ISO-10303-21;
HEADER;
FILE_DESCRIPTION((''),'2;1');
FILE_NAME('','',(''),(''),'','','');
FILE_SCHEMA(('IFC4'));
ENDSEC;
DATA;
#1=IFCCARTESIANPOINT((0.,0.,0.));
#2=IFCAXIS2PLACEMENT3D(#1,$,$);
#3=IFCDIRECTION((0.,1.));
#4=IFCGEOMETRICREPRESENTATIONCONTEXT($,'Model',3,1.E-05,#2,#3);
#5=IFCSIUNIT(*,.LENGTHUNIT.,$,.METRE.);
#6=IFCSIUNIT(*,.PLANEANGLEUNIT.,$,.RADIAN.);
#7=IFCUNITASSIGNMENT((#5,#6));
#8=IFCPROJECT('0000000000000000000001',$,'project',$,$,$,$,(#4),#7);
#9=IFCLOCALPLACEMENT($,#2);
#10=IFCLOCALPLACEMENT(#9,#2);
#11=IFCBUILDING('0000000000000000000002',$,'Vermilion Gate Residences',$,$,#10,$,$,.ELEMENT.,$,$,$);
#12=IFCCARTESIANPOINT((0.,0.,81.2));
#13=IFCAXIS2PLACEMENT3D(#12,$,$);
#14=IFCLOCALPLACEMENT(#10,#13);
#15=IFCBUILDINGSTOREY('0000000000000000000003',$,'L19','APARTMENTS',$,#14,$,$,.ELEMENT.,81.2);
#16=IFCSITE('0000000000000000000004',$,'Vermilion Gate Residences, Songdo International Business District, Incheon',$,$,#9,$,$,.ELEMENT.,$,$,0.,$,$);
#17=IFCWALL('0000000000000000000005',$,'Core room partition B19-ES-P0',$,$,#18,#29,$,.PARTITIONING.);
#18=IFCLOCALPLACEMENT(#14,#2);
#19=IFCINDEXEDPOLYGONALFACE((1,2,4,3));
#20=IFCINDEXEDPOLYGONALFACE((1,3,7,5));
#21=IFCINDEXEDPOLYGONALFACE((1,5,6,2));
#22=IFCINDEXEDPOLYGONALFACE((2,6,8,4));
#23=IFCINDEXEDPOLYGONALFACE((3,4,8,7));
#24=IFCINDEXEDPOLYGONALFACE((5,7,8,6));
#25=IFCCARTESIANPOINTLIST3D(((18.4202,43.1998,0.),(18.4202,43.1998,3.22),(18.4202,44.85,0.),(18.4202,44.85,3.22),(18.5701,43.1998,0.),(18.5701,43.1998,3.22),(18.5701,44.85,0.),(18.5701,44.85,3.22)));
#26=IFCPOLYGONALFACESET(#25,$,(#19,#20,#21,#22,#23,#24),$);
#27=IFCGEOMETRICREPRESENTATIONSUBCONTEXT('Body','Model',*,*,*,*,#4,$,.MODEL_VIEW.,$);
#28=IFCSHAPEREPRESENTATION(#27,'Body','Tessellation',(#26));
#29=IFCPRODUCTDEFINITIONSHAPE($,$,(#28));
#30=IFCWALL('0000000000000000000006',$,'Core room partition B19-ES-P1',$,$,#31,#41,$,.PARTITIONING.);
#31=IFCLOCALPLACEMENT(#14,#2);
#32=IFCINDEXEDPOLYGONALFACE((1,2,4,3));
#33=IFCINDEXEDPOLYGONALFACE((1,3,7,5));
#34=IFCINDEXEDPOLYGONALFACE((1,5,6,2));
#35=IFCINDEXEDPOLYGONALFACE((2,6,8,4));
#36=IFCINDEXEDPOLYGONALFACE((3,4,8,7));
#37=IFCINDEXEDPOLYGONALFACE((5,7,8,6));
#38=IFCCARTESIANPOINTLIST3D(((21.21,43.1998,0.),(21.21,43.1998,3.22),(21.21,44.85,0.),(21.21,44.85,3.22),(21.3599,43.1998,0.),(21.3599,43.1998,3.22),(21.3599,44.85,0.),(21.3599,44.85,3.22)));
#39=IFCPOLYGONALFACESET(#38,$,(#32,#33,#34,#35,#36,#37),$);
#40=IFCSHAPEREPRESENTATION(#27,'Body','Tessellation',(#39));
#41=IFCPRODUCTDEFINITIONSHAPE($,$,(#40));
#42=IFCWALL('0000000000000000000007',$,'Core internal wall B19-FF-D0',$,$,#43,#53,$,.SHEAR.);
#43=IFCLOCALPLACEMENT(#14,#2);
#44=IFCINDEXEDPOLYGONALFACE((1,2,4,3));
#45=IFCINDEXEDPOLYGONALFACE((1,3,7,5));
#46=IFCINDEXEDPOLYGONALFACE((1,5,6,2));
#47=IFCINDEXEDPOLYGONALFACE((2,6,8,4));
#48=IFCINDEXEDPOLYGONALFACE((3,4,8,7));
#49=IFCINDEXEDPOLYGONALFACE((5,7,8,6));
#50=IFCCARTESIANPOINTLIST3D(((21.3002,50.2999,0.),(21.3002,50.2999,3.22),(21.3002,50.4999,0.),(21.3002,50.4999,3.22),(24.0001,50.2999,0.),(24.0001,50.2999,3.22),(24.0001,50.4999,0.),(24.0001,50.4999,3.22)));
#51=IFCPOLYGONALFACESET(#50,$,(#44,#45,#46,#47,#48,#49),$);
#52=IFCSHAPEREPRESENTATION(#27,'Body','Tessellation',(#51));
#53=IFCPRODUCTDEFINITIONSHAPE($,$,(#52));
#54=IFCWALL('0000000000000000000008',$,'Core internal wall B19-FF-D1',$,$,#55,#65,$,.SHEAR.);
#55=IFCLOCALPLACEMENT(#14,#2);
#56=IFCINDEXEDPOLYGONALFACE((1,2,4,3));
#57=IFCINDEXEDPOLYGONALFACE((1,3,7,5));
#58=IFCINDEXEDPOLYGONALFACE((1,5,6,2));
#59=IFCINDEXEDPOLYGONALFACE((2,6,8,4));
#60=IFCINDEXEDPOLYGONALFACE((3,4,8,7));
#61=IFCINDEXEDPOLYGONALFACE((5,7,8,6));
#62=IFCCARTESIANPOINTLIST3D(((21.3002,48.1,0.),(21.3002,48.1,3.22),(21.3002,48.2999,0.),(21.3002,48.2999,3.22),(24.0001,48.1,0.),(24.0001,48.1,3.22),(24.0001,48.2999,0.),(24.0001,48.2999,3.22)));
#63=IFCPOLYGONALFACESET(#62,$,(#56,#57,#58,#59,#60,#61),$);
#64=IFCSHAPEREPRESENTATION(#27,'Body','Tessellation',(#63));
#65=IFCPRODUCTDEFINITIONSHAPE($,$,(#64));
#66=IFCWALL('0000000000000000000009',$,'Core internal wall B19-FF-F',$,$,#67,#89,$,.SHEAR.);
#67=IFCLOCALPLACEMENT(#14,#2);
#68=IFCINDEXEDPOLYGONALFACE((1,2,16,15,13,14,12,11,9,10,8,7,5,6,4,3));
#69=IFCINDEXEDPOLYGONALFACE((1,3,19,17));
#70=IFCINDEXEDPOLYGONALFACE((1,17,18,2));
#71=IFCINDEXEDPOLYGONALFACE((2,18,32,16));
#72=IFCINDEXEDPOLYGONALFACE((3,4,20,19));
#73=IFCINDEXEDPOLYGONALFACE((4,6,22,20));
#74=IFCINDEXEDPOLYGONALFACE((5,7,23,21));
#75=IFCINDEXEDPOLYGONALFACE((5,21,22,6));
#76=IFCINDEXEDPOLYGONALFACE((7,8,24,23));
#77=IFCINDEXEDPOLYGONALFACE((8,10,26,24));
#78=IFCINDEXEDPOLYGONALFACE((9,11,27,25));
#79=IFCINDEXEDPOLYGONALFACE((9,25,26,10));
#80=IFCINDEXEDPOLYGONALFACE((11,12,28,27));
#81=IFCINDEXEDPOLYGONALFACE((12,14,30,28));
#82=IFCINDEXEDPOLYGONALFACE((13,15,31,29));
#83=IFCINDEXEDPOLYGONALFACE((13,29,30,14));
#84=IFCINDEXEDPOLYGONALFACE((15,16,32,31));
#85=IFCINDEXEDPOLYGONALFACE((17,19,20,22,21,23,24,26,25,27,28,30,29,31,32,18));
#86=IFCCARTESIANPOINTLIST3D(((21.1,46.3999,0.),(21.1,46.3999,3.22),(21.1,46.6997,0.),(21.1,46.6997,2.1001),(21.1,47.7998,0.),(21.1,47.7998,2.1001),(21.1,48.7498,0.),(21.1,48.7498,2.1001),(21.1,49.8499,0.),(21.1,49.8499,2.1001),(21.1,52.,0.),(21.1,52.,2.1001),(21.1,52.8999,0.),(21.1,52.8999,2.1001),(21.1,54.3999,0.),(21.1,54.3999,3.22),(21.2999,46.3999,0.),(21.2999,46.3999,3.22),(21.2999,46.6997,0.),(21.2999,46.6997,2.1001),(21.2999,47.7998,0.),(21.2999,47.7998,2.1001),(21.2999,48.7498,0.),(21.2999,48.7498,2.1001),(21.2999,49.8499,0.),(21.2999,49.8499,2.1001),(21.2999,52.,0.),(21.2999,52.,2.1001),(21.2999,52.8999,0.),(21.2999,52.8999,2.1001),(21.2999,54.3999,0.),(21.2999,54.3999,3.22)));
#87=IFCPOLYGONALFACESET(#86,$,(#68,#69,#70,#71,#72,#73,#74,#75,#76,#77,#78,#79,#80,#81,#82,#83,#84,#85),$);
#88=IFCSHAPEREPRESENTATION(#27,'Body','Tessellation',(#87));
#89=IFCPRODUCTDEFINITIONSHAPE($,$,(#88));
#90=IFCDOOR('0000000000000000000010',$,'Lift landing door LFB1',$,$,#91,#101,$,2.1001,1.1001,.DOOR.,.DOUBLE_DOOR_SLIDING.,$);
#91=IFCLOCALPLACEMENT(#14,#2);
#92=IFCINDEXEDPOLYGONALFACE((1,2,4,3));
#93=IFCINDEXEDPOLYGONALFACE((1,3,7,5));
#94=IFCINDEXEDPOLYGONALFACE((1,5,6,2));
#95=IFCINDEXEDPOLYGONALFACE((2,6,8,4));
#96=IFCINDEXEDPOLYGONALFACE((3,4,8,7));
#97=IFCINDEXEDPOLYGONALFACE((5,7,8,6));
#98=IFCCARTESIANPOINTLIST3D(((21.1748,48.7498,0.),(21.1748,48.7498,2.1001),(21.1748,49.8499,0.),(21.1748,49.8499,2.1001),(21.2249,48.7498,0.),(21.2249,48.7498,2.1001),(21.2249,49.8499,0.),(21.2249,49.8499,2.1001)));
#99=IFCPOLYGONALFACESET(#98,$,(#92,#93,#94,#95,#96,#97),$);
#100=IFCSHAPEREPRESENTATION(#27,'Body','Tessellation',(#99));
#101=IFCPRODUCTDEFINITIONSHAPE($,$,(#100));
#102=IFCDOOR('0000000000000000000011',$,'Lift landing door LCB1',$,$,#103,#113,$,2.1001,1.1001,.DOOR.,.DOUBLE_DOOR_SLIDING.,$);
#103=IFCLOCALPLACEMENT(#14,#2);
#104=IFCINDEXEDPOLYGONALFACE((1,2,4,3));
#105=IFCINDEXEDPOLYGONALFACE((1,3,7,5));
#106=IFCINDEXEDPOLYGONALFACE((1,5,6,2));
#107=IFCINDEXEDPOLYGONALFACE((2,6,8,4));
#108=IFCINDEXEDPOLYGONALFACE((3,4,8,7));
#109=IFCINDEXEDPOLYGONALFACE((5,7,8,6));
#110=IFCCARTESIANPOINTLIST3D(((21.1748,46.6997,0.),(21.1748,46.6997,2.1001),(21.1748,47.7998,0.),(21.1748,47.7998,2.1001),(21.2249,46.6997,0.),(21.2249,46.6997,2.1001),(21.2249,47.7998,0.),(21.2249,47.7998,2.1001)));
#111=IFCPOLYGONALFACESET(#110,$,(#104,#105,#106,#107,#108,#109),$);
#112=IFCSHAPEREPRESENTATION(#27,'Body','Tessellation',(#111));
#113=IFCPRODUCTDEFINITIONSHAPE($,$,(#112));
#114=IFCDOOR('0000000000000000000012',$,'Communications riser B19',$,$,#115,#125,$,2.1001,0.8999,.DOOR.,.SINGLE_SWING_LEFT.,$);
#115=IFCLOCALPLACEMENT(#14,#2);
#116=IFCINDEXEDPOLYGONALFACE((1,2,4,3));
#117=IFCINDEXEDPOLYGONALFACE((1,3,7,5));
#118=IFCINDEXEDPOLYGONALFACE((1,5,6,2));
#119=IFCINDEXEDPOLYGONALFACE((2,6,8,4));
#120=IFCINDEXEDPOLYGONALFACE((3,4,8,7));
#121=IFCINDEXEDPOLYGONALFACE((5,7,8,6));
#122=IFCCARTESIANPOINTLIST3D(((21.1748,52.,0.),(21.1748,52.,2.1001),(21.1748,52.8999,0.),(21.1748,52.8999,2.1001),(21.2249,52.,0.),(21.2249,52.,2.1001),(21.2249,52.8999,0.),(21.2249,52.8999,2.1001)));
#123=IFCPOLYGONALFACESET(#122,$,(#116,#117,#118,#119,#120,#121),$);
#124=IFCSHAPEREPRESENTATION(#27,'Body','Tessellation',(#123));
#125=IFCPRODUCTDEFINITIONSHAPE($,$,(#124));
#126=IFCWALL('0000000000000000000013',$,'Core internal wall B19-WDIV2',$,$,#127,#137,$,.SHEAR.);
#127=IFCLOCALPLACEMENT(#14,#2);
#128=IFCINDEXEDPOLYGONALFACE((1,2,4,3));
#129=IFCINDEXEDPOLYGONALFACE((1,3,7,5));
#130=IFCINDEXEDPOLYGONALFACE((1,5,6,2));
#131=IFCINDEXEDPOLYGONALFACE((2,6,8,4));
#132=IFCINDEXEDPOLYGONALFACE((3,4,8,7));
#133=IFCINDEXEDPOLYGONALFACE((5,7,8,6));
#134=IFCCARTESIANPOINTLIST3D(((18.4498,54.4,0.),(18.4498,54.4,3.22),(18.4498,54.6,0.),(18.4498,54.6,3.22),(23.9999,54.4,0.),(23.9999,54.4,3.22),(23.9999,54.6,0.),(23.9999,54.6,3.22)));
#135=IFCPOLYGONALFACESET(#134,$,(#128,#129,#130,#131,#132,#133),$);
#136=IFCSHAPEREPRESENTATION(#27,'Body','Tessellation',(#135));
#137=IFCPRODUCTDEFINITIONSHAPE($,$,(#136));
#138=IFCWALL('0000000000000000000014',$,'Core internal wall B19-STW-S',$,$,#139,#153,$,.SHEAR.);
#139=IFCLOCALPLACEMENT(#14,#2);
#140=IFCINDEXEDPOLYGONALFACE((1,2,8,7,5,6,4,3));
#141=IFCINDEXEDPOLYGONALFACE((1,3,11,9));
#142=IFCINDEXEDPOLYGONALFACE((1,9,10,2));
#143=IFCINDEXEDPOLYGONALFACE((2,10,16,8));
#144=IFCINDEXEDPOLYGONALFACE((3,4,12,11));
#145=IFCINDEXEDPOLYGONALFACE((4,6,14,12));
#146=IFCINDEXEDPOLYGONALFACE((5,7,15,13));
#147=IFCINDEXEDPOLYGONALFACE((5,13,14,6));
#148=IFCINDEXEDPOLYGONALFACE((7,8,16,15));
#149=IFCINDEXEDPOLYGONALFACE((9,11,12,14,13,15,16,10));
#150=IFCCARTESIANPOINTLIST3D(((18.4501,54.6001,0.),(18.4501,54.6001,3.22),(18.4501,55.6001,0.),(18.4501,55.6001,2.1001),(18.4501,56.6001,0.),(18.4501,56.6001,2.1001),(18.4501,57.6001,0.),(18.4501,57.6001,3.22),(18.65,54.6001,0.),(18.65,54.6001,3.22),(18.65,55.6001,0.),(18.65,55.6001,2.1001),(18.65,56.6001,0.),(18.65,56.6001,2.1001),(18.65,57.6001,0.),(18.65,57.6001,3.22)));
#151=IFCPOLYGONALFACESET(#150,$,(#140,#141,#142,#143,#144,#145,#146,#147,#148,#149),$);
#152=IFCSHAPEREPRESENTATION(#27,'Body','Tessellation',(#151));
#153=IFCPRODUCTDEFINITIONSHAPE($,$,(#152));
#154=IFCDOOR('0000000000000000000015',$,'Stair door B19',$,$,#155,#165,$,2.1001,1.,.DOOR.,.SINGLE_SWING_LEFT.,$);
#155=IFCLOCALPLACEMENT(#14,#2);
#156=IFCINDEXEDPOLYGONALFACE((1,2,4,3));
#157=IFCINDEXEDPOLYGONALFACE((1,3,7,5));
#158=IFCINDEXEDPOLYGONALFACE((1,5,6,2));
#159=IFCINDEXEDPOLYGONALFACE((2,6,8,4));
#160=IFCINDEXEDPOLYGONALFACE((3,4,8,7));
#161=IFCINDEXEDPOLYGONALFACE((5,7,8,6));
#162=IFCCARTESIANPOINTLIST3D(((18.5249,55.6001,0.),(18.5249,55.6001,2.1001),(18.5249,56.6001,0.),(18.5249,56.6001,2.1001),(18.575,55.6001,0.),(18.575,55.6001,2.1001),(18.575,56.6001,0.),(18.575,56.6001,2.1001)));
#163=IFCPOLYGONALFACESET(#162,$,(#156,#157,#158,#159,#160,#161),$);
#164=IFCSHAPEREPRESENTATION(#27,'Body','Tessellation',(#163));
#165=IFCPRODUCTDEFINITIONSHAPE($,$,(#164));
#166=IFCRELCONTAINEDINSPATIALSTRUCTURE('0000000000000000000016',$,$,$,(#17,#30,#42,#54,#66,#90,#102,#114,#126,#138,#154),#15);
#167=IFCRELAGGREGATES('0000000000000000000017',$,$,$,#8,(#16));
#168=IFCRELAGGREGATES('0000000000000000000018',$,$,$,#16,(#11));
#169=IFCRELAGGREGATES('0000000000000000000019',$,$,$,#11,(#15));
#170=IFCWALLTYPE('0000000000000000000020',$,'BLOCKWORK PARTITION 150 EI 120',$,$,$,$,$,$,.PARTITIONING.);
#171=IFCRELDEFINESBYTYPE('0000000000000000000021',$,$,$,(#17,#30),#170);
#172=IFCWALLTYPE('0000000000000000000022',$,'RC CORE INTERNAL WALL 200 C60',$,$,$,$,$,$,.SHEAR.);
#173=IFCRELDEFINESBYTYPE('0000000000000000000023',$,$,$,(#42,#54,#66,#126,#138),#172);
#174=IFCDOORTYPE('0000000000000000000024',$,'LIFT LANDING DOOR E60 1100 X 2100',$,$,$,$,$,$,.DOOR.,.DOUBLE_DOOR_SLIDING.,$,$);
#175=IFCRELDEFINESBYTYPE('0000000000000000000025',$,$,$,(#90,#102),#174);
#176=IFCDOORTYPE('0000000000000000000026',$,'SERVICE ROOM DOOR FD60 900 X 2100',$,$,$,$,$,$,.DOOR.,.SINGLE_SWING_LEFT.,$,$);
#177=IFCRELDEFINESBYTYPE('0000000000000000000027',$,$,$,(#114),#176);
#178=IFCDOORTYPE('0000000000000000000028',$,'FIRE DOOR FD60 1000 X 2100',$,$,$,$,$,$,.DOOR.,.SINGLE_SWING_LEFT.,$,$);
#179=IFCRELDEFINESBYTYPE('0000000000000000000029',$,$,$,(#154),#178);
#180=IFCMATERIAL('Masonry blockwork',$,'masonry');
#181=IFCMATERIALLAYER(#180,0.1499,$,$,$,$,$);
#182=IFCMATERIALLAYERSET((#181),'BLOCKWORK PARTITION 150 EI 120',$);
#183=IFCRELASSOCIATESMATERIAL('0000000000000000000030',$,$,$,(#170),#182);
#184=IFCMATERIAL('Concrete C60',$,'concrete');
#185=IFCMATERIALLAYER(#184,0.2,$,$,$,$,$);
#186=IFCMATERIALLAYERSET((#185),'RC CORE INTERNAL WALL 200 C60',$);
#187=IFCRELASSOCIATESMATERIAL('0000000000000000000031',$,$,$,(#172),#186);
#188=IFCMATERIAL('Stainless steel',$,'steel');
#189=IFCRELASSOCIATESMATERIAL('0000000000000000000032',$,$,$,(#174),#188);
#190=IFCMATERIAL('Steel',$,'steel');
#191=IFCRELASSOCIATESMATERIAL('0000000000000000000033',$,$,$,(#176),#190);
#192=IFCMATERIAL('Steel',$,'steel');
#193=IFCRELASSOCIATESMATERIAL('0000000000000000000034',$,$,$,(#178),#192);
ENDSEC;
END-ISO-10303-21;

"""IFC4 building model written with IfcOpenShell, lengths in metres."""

from ifc_helpers import new_model, si_unit, direction, frame, frame_2d, origin, place, context, subcontext, project, spatial, rectangle, extrude, material, layer, layer_set, type_object, element, fill, save


model = new_model("IFC4")

# Units and contexts
model_context = context("Model", 3, precision=1e-05, world=origin(), true_north=direction((0.0, 1.0)))
body_context = subcontext(model_context, "Body", "Model", "MODEL_VIEW")
ifc_project = project(units=[si_unit("LENGTHUNIT", "METRE"), si_unit("PLANEANGLEUNIT", "RADIAN")], contexts=[model_context])

# Site, building, storey
site_placement = place(None, origin())
site = spatial("IfcSite", under=ifc_project, at=site_placement, Name="Vermilion Gate Residences, Songdo International Business District, Incheon", CompositionType="ELEMENT", RefElevation=0.0)
building_placement = place(site_placement, origin())
building = spatial("IfcBuilding", under=site, at=building_placement, Name="Vermilion Gate Residences", CompositionType="ELEMENT")
storey_placement = place(building_placement, frame((0.0, 0.0, 81.2)))
storey = spatial("IfcBuildingStorey", under=building, at=storey_placement, Name="L19", Description="APARTMENTS", CompositionType="ELEMENT", Elevation=81.2)

# Walls
ifc_material_1 = material(Name="Masonry blockwork", Category="masonry")
ifc_layer_1 = layer(ifc_material_1, 0.1499)
ifc_layer_set_1 = layer_set([ifc_layer_1], Name="BLOCKWORK PARTITION 150 EI 120")
wall_type_1 = type_object("IfcWallType", Name="BLOCKWORK PARTITION 150 EI 120", PredefinedType="PARTITIONING", material=ifc_layer_set_1)
for number, where, z_axis, x_axis, name in (
    (1, (18.4951, 44.8501, 0.0), (0.0, 0.0, 1.0), (0.0, -1.0, 0.0), "Core room partition B19-ES-P0"),
    (2, (21.2849, 44.8501, 0.0), (0.0, 0.0, 1.0), (0.0, -1.0, 0.0), "Core room partition B19-ES-P1"),
):
    element("IfcWall", number, at=place(storey_placement, frame(where, z_axis=z_axis, x_axis=x_axis)), inside=storey, type_object=wall_type_1, Name=name, PredefinedType="PARTITIONING", context=body_context, shape_type="SweptSolid", body=[
        extrude(rectangle(XDim=1.6501, YDim=0.1499, at=frame_2d((0.8252, 0.0))), origin(), (0.0, 0.0, 1.0), 3.22),
    ])
ifc_material_2 = material(Name="Concrete C60", Category="concrete")
ifc_layer_2 = layer(ifc_material_2, 0.2)
ifc_layer_set_2 = layer_set([ifc_layer_2], Name="RC CORE INTERNAL WALL 200 C60")
wall_type_2 = type_object("IfcWallType", Name="RC CORE INTERNAL WALL 200 C60", PredefinedType="SHEAR", material=ifc_layer_set_2)
for number, where, z_axis, x_axis, name in (
    (3, (21.3, 50.3999, 0.0), (0.0, 0.0, 1.0), (1.0, 0.0, 0.0), "Core internal wall B19-FF-D0"),
    (4, (21.3, 48.2, 0.0), (0.0, 0.0, 1.0), (1.0, 0.0, 0.0), "Core internal wall B19-FF-D1"),
):
    element("IfcWall", number, at=place(storey_placement, frame(where, z_axis=z_axis, x_axis=x_axis)), inside=storey, type_object=wall_type_2, Name=name, PredefinedType="SHEAR", context=body_context, shape_type="SweptSolid", body=[
        extrude(rectangle(XDim=2.7, YDim=0.2, at=frame_2d((1.3501, 0.0))), origin(), (0.0, 0.0, 1.0), 3.22),
    ])

# Wall, openings, doors
wall_1_placement = place(storey_placement, frame((21.2, 54.3999, 0.0), z_axis=(0.0, 0.0, 1.0), x_axis=(0.0, -1.0, 0.0)))
wall_1 = element("IfcWall", 5, at=wall_1_placement, inside=storey, type_object=wall_type_2, Name="Core internal wall B19-FF-F", PredefinedType="SHEAR", context=body_context, shape_type="SweptSolid", body=[
    extrude(rectangle(XDim=8.0, YDim=0.2, at=frame_2d((4.0, 0.0))), origin(), (0.0, 0.0, 1.0), 3.22),
])
opening_1_placement = place(wall_1_placement, frame((1.5, 0.0, 0.0)))
opening_1 = element("IfcOpeningElement", 6, at=opening_1_placement, cuts=wall_1, PredefinedType="OPENING", context=body_context, shape_type="SweptSolid", body=[
    extrude(rectangle(XDim=0.8999, YDim=2.1001, at=frame_2d((0.45, 1.05))), frame((0.0, 0.1099, 0.0), z_axis=(0.0, -1.0, 0.0), x_axis=(1.0, 0.0, 0.0)), (0.0, 0.0, 1.0), 0.22),
])
opening_2_placement = place(wall_1_placement, frame((4.55, 0.0, 0.0)))
opening_2 = element("IfcOpeningElement", 7, at=opening_2_placement, cuts=wall_1, PredefinedType="OPENING", context=body_context, shape_type="SweptSolid", body=[
    extrude(rectangle(XDim=1.1001, YDim=2.1001, at=frame_2d((0.55, 1.05))), frame((0.0, 0.1099, 0.0), z_axis=(0.0, -1.0, 0.0), x_axis=(1.0, 0.0, 0.0)), (0.0, 0.0, 1.0), 0.22),
])
opening_3_placement = place(wall_1_placement, frame((6.6001, 0.0, 0.0)))
opening_3 = element("IfcOpeningElement", 8, at=opening_3_placement, cuts=wall_1, PredefinedType="OPENING", context=body_context, shape_type="SweptSolid", body=[
    extrude(rectangle(XDim=1.1001, YDim=2.1001, at=frame_2d((0.55, 1.05))), frame((0.0, 0.1099, 0.0), z_axis=(0.0, -1.0, 0.0), x_axis=(1.0, 0.0, 0.0)), (0.0, 0.0, 1.0), 0.22),
])
ifc_material_3 = material(Name="Stainless steel", Category="steel")
door_type_1 = type_object("IfcDoorType", Name="LIFT LANDING DOOR E60 1100 X 2100", OperationType="DOUBLE_DOOR_SLIDING", PredefinedType="DOOR", material=ifc_material_3)
door_1_placement = place(opening_2_placement, origin())
door_1 = element("IfcDoor", 9, at=door_1_placement, inside=storey, type_object=door_type_1, Name="Lift landing door LFB1", OperationType="DOUBLE_DOOR_SLIDING", OverallHeight=2.1001, OverallWidth=1.1001, PredefinedType="DOOR", context=body_context, shape_type="SweptSolid", body=[
    extrude(rectangle(XDim=1.1001, YDim=2.1001, at=frame_2d((0.55, 1.05))), frame((0.0, 0.0249, 0.0), z_axis=(0.0, -1.0, 0.0), x_axis=(1.0, 0.0, 0.0)), (0.0, 0.0, 1.0), 0.05),
])
fill(opening_2, door_1)
door_2_placement = place(opening_3_placement, origin())
door_2 = element("IfcDoor", 10, at=door_2_placement, inside=storey, type_object=door_type_1, Name="Lift landing door LCB1", OperationType="DOUBLE_DOOR_SLIDING", OverallHeight=2.1001, OverallWidth=1.1001, PredefinedType="DOOR", context=body_context, shape_type="SweptSolid", body=[
    extrude(rectangle(XDim=1.1001, YDim=2.1001, at=frame_2d((0.55, 1.05))), frame((0.0, 0.0249, 0.0), z_axis=(0.0, -1.0, 0.0), x_axis=(1.0, 0.0, 0.0)), (0.0, 0.0, 1.0), 0.05),
])
fill(opening_3, door_2)
ifc_material_4 = material(Name="Steel", Category="steel")
door_type_2 = type_object("IfcDoorType", Name="SERVICE ROOM DOOR FD60 900 X 2100", OperationType="SINGLE_SWING_LEFT", PredefinedType="DOOR", material=ifc_material_4)
door_3_placement = place(opening_1_placement, origin())
door_3 = element("IfcDoor", 11, at=door_3_placement, inside=storey, type_object=door_type_2, Name="Communications riser B19", OperationType="SINGLE_SWING_LEFT", OverallHeight=2.1001, OverallWidth=0.8999, PredefinedType="DOOR", context=body_context, shape_type="SweptSolid", body=[
    extrude(rectangle(XDim=0.8999, YDim=2.1001, at=frame_2d((0.45, 1.05))), frame((0.0, 0.0249, 0.0), z_axis=(0.0, -1.0, 0.0), x_axis=(1.0, 0.0, 0.0)), (0.0, 0.0, 1.0), 0.05),
])
fill(opening_1, door_3)

# Wall
wall_2_placement = place(storey_placement, frame((18.45, 54.5, 0.0), z_axis=(0.0, 0.0, 1.0), x_axis=(1.0, 0.0, 0.0)))
element("IfcWall", 12, at=wall_2_placement, inside=storey, type_object=wall_type_2, Name="Core internal wall B19-WDIV2", PredefinedType="SHEAR", context=body_context, shape_type="SweptSolid", body=[
    extrude(rectangle(XDim=5.55, YDim=0.2, at=frame_2d((2.7749, 0.0))), origin(), (0.0, 0.0, 1.0), 3.22),
])

# Wall, opening, door
wall_3_placement = place(storey_placement, frame((18.55, 57.6001, 0.0), z_axis=(0.0, 0.0, 1.0), x_axis=(0.0, -1.0, 0.0)))
wall_3 = element("IfcWall", 13, at=wall_3_placement, inside=storey, type_object=wall_type_2, Name="Core internal wall B19-STW-S", PredefinedType="SHEAR", context=body_context, shape_type="SweptSolid", body=[
    extrude(rectangle(XDim=3.0, YDim=0.2, at=frame_2d((1.5, 0.0))), origin(), (0.0, 0.0, 1.0), 3.22),
])
opening_4_placement = place(wall_3_placement, frame((1.0, 0.0, 0.0)))
opening_4 = element("IfcOpeningElement", 14, at=opening_4_placement, cuts=wall_3, PredefinedType="OPENING", context=body_context, shape_type="SweptSolid", body=[
    extrude(rectangle(XDim=1.0, YDim=2.1001, at=frame_2d((0.5, 1.05))), frame((0.0, 0.1099, 0.0), z_axis=(0.0, -1.0, 0.0), x_axis=(1.0, 0.0, 0.0)), (0.0, 0.0, 1.0), 0.22),
])
ifc_material_5 = material(Name="Steel", Category="steel")
door_type_3 = type_object("IfcDoorType", Name="FIRE DOOR FD60 1000 X 2100", OperationType="SINGLE_SWING_LEFT", PredefinedType="DOOR", material=ifc_material_5)
door_4_placement = place(opening_4_placement, origin())
door_4 = element("IfcDoor", 15, at=door_4_placement, inside=storey, type_object=door_type_3, Name="Stair door B19", OperationType="SINGLE_SWING_LEFT", OverallHeight=2.1001, OverallWidth=1.0, PredefinedType="DOOR", context=body_context, shape_type="SweptSolid", body=[
    extrude(rectangle(XDim=1.0, YDim=2.1001, at=frame_2d((0.5, 1.05))), frame((0.0, 0.0249, 0.0), z_axis=(0.0, -1.0, 0.0), x_axis=(1.0, 0.0, 0.0)), (0.0, 0.0, 1.0), 0.05),
])
fill(opening_4, door_4)

save(model, "model.ifc")
